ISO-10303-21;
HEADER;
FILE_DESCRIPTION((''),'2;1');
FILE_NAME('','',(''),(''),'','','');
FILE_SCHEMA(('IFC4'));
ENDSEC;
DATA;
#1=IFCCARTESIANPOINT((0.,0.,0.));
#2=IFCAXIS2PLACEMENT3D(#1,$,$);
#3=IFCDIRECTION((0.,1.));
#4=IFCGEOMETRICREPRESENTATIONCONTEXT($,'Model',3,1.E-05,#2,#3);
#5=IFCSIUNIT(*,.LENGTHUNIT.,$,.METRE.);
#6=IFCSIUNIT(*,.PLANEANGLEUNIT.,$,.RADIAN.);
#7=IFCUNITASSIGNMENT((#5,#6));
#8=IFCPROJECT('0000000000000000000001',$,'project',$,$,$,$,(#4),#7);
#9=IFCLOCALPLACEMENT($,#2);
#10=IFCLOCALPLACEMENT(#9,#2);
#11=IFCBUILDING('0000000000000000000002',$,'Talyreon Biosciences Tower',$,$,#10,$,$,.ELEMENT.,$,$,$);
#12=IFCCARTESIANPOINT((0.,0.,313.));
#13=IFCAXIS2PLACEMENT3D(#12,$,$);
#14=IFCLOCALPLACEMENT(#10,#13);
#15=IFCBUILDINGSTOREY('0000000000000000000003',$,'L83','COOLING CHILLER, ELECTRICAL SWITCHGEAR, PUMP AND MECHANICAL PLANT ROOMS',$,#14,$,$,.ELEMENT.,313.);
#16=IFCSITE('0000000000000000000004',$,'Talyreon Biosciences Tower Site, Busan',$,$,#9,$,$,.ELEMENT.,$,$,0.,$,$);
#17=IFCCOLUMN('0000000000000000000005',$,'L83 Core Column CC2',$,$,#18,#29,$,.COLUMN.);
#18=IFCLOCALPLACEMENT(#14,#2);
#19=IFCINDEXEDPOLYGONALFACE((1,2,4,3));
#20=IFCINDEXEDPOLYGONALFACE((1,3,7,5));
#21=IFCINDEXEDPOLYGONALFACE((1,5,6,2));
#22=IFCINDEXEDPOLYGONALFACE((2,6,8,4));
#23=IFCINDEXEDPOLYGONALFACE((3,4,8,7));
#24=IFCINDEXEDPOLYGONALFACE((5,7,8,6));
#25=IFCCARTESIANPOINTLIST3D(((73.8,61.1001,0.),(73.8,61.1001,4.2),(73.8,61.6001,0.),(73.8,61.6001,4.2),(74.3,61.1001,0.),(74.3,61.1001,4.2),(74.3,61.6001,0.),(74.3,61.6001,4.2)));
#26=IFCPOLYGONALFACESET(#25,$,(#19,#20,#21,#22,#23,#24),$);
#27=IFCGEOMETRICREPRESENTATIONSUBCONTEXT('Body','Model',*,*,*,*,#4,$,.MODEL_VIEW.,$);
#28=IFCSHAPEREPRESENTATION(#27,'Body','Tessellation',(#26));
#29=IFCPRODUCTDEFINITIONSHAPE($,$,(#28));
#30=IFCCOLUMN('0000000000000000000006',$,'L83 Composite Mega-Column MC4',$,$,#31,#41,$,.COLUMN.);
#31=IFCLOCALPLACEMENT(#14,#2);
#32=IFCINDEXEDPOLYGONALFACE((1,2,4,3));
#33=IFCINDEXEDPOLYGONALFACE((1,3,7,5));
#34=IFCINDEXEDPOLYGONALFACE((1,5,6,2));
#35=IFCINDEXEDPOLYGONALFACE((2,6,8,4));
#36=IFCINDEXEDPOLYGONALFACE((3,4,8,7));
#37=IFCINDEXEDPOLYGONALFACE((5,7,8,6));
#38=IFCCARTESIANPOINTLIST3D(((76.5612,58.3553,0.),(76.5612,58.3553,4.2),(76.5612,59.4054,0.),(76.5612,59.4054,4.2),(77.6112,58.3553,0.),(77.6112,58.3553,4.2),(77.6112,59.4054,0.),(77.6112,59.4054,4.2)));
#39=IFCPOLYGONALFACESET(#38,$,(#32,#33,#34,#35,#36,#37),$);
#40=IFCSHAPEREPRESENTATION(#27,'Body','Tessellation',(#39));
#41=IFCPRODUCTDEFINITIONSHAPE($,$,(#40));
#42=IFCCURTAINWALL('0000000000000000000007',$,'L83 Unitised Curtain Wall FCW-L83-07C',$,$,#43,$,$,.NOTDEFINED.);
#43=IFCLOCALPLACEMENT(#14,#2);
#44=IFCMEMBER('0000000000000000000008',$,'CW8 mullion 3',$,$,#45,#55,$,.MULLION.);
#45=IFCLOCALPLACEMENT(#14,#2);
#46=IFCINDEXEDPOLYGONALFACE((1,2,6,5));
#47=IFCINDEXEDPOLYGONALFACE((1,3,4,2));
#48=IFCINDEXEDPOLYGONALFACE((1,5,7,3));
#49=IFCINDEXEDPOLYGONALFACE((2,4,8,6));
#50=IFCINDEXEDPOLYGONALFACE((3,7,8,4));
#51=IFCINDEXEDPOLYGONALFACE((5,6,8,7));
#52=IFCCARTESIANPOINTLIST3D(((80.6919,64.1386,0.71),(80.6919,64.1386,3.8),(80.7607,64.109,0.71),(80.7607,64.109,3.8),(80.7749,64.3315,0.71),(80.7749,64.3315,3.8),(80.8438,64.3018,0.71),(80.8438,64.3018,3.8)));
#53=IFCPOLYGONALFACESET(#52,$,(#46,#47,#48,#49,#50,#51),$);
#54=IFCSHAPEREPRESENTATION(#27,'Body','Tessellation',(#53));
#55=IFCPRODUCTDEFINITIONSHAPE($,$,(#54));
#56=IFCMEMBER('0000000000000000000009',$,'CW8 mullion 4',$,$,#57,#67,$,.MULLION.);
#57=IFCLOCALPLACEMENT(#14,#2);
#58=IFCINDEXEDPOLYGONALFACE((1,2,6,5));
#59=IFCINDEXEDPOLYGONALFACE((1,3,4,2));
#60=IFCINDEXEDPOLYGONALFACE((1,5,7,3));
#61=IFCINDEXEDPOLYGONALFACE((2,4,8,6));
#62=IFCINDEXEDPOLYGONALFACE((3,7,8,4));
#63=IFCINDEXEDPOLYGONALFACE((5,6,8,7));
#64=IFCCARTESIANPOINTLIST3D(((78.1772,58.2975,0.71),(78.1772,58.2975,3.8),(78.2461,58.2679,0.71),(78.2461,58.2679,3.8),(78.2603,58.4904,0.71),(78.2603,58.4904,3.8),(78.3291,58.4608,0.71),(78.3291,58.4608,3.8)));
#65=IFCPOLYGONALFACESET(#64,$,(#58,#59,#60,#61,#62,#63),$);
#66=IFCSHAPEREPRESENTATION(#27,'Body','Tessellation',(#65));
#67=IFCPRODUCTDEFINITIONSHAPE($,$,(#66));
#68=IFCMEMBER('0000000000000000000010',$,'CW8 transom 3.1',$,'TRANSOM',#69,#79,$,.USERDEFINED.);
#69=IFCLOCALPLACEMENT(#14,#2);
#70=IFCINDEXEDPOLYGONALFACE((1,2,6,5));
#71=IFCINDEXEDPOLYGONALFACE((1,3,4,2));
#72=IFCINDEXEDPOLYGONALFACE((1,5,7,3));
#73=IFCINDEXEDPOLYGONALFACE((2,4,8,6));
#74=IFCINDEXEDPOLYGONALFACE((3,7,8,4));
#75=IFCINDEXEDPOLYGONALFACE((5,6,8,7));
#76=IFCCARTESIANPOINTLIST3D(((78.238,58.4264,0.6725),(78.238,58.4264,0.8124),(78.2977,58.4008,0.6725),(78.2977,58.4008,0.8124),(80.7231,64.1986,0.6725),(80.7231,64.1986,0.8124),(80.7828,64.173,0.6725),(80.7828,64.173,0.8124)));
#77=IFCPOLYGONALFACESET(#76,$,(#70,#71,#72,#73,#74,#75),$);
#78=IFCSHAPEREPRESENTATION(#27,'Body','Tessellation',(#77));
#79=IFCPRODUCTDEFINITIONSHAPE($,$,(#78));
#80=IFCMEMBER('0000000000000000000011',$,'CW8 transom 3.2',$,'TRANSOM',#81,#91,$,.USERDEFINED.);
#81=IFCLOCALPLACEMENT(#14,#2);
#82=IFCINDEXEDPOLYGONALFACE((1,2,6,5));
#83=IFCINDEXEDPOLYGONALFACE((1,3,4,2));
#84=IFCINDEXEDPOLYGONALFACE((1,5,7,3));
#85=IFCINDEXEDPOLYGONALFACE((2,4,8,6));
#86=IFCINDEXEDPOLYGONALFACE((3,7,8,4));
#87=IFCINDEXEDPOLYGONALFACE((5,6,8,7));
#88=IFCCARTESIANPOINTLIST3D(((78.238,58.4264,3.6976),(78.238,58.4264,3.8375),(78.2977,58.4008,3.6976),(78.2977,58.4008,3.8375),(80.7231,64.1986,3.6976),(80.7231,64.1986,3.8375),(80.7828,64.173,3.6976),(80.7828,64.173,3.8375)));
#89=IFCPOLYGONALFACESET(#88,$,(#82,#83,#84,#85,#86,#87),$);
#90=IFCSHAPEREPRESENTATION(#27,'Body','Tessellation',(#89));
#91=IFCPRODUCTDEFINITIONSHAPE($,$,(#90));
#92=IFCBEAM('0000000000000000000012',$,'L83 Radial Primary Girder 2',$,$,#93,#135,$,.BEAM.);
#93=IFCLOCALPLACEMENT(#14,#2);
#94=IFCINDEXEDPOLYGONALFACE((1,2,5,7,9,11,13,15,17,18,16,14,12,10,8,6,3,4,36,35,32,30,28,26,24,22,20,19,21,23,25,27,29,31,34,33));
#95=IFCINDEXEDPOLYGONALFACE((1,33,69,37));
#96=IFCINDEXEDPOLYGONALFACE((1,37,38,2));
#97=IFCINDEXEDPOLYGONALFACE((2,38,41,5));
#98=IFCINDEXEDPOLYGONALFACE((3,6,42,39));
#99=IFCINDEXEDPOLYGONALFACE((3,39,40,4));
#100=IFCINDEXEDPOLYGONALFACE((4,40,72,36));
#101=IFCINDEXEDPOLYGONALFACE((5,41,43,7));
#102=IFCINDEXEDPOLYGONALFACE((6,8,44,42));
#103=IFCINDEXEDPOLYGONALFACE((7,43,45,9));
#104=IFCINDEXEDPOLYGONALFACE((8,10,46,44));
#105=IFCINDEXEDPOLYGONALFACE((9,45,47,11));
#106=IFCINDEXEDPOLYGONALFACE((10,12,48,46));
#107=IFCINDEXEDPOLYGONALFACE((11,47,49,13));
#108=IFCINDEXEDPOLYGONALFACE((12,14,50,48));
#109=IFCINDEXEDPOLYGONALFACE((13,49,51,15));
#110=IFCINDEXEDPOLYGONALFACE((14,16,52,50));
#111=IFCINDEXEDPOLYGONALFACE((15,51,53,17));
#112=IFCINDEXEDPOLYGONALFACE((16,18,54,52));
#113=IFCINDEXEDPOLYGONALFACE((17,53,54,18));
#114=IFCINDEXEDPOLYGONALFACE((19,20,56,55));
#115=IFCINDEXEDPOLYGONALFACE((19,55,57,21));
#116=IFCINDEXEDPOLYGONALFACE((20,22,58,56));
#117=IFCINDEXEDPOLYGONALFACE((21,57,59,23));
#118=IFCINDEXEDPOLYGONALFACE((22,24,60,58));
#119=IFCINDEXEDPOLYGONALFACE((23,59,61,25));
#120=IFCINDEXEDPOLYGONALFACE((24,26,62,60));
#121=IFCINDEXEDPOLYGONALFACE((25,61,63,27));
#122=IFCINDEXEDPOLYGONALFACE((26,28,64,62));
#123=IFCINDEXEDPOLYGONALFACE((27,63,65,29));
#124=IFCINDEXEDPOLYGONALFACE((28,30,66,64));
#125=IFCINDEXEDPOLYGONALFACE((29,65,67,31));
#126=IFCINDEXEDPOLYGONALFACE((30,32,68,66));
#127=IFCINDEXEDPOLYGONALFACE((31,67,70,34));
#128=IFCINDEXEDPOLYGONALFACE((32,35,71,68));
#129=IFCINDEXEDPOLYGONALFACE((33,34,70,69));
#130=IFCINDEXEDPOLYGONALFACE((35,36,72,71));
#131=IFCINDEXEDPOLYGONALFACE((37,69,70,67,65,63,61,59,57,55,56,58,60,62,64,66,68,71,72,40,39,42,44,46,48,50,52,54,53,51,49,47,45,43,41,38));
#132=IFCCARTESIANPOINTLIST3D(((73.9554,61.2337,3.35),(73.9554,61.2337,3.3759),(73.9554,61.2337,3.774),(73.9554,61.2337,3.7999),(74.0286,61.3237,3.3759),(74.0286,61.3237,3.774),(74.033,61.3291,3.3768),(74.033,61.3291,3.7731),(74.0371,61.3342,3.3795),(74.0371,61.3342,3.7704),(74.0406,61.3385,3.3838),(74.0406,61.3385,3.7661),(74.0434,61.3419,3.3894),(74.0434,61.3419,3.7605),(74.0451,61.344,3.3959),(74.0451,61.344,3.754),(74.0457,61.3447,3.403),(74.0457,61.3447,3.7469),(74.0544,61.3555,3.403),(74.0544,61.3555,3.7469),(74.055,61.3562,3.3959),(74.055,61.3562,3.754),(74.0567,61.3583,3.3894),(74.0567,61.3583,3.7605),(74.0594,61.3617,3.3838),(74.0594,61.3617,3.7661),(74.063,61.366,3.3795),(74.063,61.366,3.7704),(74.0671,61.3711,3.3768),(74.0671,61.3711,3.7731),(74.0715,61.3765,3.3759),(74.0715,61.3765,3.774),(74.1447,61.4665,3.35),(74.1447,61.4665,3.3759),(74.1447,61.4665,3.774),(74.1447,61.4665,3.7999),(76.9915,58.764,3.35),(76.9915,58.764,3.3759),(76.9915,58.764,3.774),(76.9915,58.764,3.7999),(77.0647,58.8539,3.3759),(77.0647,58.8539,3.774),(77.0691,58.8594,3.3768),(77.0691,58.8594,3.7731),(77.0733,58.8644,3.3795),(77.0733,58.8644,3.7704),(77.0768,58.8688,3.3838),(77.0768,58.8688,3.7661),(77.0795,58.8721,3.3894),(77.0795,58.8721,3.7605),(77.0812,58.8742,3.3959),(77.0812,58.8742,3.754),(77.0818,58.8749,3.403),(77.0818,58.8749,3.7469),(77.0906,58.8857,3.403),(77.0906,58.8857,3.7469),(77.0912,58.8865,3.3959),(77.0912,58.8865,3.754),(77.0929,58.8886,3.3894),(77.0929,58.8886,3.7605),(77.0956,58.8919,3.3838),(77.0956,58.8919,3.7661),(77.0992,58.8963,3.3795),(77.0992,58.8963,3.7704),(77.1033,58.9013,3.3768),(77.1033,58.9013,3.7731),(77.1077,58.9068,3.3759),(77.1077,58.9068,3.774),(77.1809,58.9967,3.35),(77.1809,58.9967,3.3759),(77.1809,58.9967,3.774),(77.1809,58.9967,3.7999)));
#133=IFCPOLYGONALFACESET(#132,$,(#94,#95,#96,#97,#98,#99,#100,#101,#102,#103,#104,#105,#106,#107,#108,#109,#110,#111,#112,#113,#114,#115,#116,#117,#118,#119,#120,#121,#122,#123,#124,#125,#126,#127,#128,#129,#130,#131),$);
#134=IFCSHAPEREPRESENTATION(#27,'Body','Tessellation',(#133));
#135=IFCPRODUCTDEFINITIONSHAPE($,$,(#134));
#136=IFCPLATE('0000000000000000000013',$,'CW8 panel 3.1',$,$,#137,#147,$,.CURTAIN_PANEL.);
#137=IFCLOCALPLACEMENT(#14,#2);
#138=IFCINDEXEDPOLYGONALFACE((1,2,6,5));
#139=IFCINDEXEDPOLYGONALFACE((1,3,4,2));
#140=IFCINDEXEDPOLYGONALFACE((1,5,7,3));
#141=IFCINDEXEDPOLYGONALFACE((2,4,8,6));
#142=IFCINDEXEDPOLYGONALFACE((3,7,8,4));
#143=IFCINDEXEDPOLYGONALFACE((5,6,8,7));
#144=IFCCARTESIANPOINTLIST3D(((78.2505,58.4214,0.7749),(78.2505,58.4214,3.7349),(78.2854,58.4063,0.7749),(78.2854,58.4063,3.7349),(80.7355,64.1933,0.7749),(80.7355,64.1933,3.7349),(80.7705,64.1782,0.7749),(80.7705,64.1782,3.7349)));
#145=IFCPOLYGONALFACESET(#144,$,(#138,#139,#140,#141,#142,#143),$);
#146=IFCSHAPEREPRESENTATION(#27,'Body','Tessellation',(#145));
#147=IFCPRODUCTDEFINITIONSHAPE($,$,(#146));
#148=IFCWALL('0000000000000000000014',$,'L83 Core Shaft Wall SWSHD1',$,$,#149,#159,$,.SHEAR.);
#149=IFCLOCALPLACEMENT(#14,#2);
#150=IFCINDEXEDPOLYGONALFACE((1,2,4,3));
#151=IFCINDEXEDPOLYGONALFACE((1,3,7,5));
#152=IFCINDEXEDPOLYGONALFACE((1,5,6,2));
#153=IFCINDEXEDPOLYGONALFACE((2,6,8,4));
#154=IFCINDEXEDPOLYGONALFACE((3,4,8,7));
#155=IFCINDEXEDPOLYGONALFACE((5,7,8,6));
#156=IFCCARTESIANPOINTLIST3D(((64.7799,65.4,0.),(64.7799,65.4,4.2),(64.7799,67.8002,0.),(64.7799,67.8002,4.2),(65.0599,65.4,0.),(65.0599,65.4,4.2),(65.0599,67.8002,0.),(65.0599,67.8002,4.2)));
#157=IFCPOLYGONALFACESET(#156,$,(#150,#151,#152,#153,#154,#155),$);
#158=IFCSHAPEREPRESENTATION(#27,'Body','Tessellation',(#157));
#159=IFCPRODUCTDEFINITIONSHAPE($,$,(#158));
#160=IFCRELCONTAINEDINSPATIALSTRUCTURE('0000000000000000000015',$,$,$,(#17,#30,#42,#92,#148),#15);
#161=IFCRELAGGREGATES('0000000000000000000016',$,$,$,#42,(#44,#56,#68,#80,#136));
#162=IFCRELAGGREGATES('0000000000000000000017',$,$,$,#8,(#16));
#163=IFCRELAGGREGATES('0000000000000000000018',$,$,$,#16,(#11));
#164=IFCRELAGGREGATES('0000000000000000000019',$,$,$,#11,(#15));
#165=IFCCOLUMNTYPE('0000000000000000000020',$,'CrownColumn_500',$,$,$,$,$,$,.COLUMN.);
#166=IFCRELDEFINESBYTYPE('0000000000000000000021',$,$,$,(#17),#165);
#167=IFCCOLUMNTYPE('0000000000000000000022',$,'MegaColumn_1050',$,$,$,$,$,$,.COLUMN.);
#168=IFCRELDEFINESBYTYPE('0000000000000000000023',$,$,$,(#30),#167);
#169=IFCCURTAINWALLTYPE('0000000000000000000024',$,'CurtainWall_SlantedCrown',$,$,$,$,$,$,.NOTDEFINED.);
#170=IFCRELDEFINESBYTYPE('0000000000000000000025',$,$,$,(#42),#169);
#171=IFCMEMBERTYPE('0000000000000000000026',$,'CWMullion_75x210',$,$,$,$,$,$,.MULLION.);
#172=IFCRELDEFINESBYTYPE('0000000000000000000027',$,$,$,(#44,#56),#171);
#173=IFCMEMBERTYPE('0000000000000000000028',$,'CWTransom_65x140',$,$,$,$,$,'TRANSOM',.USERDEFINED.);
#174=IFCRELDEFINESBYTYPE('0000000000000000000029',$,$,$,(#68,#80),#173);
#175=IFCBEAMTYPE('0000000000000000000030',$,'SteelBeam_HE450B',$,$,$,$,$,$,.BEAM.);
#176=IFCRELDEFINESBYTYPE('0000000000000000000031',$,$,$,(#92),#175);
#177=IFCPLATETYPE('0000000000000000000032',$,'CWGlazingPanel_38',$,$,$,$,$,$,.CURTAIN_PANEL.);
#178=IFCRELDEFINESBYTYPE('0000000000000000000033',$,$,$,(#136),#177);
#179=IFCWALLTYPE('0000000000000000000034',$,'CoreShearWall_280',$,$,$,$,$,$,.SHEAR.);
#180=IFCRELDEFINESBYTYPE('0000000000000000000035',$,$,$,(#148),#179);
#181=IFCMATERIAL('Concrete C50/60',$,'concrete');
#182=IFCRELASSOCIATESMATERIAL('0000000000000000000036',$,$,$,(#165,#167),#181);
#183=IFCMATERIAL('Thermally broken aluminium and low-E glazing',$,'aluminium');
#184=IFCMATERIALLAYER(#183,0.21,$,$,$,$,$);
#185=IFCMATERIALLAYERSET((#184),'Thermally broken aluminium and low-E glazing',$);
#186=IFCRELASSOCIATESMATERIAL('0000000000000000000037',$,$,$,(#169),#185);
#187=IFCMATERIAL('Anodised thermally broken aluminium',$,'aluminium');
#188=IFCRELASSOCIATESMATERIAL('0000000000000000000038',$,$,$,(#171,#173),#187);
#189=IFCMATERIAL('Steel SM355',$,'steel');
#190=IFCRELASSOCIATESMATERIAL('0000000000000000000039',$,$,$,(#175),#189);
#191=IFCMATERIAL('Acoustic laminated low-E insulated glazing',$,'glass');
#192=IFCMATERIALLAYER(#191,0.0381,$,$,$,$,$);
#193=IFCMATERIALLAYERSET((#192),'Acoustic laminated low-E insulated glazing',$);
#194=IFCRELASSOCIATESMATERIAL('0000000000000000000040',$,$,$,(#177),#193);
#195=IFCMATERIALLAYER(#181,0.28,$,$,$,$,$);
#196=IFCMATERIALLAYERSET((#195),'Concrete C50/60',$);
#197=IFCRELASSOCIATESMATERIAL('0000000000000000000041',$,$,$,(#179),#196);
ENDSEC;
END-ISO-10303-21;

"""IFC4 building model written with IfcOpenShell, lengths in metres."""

from ifc_helpers import new_model, si_unit, direction, frame, frame_2d, origin, origin_2d, place, context, subcontext, project, spatial, rectangle, i_section, extrude, material, layer, layer_set, material_profile, profile_set, type_object, element, aggregate, save


model = new_model("IFC4")

# Units and contexts
model_context = context("Model", 3, precision=1e-05, world=origin(), true_north=direction((0.0, 1.0)))
body_context = subcontext(model_context, "Body", "Model", "MODEL_VIEW")
ifc_project = project(units=[si_unit("LENGTHUNIT", "METRE"), si_unit("PLANEANGLEUNIT", "RADIAN")], contexts=[model_context])

# Site, building, storey
site_placement = place(None, origin())
site = spatial("IfcSite", under=ifc_project, at=site_placement, Name="Talyreon Biosciences Tower Site, Busan", CompositionType="ELEMENT", RefElevation=0.0)
building_placement = place(site_placement, origin())
building = spatial("IfcBuilding", under=site, at=building_placement, Name="Talyreon Biosciences Tower", CompositionType="ELEMENT")
storey_placement = place(building_placement, frame((0.0, 0.0, 313.0)))
storey = spatial("IfcBuildingStorey", under=building, at=storey_placement, Name="L83", Description="COOLING CHILLER, ELECTRICAL SWITCHGEAR, PUMP AND MECHANICAL PLANT ROOMS", CompositionType="ELEMENT", Elevation=313.0)

# Columns
ifc_material_1 = material(Name="Concrete C50/60", Category="concrete")
ifc_material_profile_1 = material_profile(ifc_material_1, rectangle(XDim=0.5, YDim=0.5, at=origin_2d()), Name="RC 500x500")
ifc_profile_set_1 = profile_set([ifc_material_profile_1], Name="Concrete C50/60")
column_type_1 = type_object("IfcColumnType", Name="CrownColumn_500", PredefinedType="COLUMN", material=ifc_profile_set_1)
column_1_placement = place(storey_placement, frame((74.05, 61.3501, 0.0), z_axis=(0.0, 0.0, 1.0), x_axis=(1.0, 0.0, 0.0)))
element("IfcColumn", 1, at=column_1_placement, inside=storey, type_object=column_type_1, Name="L83 Core Column CC2", PredefinedType="COLUMN", context=body_context, shape_type="SweptSolid", body=[
    extrude(rectangle(XDim=0.5, YDim=0.5, at=origin_2d()), origin(), (0.0, 0.0, 1.0), 4.2),
])
ifc_material_profile_2 = material_profile(ifc_material_1, rectangle(XDim=1.05, YDim=1.05, at=origin_2d()), Name="RC 1050x1050")
ifc_profile_set_2 = profile_set([ifc_material_profile_2], Name="Concrete C50/60")
column_type_2 = type_object("IfcColumnType", Name="MegaColumn_1050", PredefinedType="COLUMN", material=ifc_profile_set_2)
column_2_placement = place(storey_placement, frame((77.0862, 58.8804, 0.0), z_axis=(0.0, 0.0, 1.0), x_axis=(1.0, 0.0, 0.0)))
element("IfcColumn", 2, at=column_2_placement, inside=storey, type_object=column_type_2, Name="L83 Composite Mega-Column MC4", PredefinedType="COLUMN", context=body_context, shape_type="SweptSolid", body=[
    extrude(rectangle(XDim=1.05, YDim=1.05, at=origin_2d()), origin(), (0.0, 0.0, 1.0), 4.2),
])

# Curtain wall, members
ifc_material_2 = material(Name="Thermally broken aluminium and low-E glazing", Category="aluminium")
ifc_layer_1 = layer(ifc_material_2, 0.21)
ifc_layer_set_1 = layer_set([ifc_layer_1], Name="Thermally broken aluminium and low-E glazing")
curtain_wall_type = type_object("IfcCurtainWallType", Name="CurtainWall_SlantedCrown", PredefinedType="NOTDEFINED", material=ifc_layer_set_1)
curtain_wall_placement = place(storey_placement, origin())
curtain_wall = element("IfcCurtainWall", 3, at=curtain_wall_placement, inside=storey, type_object=curtain_wall_type, Name="L83 Unitised Curtain Wall FCW-L83-07C", PredefinedType="NOTDEFINED")
ifc_material_3 = material(Name="Anodised thermally broken aluminium", Category="aluminium")
ifc_material_profile_3 = material_profile(ifc_material_3, rectangle(XDim=0.075, YDim=0.21, at=origin_2d()), Name="ALUM MULLION 75x210")
ifc_profile_set_3 = profile_set([ifc_material_profile_3], Name="Anodised thermally broken aluminium")
member_type_1 = type_object("IfcMemberType", Name="CWMullion_75x210", PredefinedType="MULLION", material=ifc_profile_set_3)
member_1_placement = place(storey_placement, frame((80.7678, 64.2202, 0.71), z_axis=(0.0, 0.0, 1.0), x_axis=(0.918487, -0.395451, 0.0)))
member_1 = element("IfcMember", 4, at=member_1_placement, type_object=member_type_1, Name="CW8 mullion 3", PredefinedType="MULLION", context=body_context, shape_type="SweptSolid", body=[
    extrude(rectangle(XDim=0.075, YDim=0.21, at=origin_2d()), origin(), (0.0, 0.0, 1.0), 3.0901),
])
member_2_placement = place(storey_placement, frame((78.2532, 58.3792, 0.71), z_axis=(0.0, 0.0, 1.0), x_axis=(0.918487, -0.395451, 0.0)))
member_2 = element("IfcMember", 5, at=member_2_placement, type_object=member_type_1, Name="CW8 mullion 4", PredefinedType="MULLION", context=body_context, shape_type="SweptSolid", body=[
    extrude(rectangle(XDim=0.075, YDim=0.21, at=origin_2d()), origin(), (0.0, 0.0, 1.0), 3.0901),
])
ifc_material_profile_4 = material_profile(ifc_material_3, rectangle(XDim=0.0649, YDim=0.1399, at=origin_2d()), Name="ALUM TRANSOM 65x140")
ifc_profile_set_4 = profile_set([ifc_material_profile_4], Name="Anodised thermally broken aluminium")
member_type_2 = type_object("IfcMemberType", Name="CWTransom_65x140", ElementType="TRANSOM", PredefinedType="USERDEFINED", material=ifc_profile_set_4)
member_3_placement = place(storey_placement, frame((80.7529, 64.1858, 0.7424), z_axis=(-0.395438, -0.918493, 0.0), x_axis=(0.918493, -0.395438, 0.0)))
member_3 = element("IfcMember", 6, at=member_3_placement, type_object=member_type_2, Name="CW8 transom 3.1", ObjectType="TRANSOM", PredefinedType="USERDEFINED", context=body_context, shape_type="SweptSolid", body=[
    extrude(rectangle(XDim=0.0649, YDim=0.1399, at=origin_2d()), origin(), (0.0, 0.0, 1.0), 6.2844),
])
member_4_placement = place(storey_placement, frame((80.7529, 64.1858, 3.7676), z_axis=(-0.395438, -0.918493, 0.0), x_axis=(0.918493, -0.395438, 0.0)))
member_4 = element("IfcMember", 7, at=member_4_placement, type_object=member_type_2, Name="CW8 transom 3.2", ObjectType="TRANSOM", PredefinedType="USERDEFINED", context=body_context, shape_type="SweptSolid", body=[
    extrude(rectangle(XDim=0.0649, YDim=0.1399, at=origin_2d()), origin(), (0.0, 0.0, 1.0), 6.2844),
])

# Beam
ifc_material_4 = material(Name="Steel SM355", Category="steel")
ifc_material_profile_5 = material_profile(ifc_material_4, i_section(OverallWidth=0.3, OverallDepth=0.45, WebThickness=0.0139, FlangeThickness=0.0259, FilletRadius=0.0271, at=origin_2d()), Name="HE450B")
ifc_profile_set_5 = profile_set([ifc_material_profile_5], Name="Steel SM355")
beam_type = type_object("IfcBeamType", Name="SteelBeam_HE450B", PredefinedType="BEAM", material=ifc_profile_set_5)
beam_placement = place(storey_placement, frame((74.05, 61.3501, 3.575), z_axis=(0.775755, -0.631034, 0.0), x_axis=(0.631034, 0.775755, 0.0)))
element("IfcBeam", 8, at=beam_placement, inside=storey, type_object=beam_type, Name="L83 Radial Primary Girder 2", PredefinedType="BEAM", context=body_context, shape_type="SweptSolid", body=[
    extrude(i_section(OverallWidth=0.3, OverallDepth=0.45, WebThickness=0.0139, FlangeThickness=0.0259, FilletRadius=0.0271, at=origin_2d()), origin(), (0.0, 0.0, 1.0), 3.9138),
])

# Plate
ifc_material_5 = material(Name="Acoustic laminated low-E insulated glazing", Category="glass")
ifc_layer_2 = layer(ifc_material_5, 0.0381)
ifc_layer_set_2 = layer_set([ifc_layer_2], Name="Acoustic laminated low-E insulated glazing")
plate_type = type_object("IfcPlateType", Name="CWGlazingPanel_38", PredefinedType="CURTAIN_PANEL", material=ifc_layer_set_2)
plate_placement = place(storey_placement, frame((79.5105, 61.2998, 0.7749), z_axis=(0.0, 0.0, 1.0), x_axis=(-0.395451, -0.918487, 0.0)))
plate = element("IfcPlate", 9, at=plate_placement, type_object=plate_type, Name="CW8 panel 3.1", PredefinedType="CURTAIN_PANEL", context=body_context, shape_type="SweptSolid", body=[
    extrude(rectangle(XDim=6.2842, YDim=0.0381, at=origin_2d()), origin(), (0.0, 0.0, 1.0), 2.96),
])
aggregate(curtain_wall, [member_1, member_2, member_3, member_4, plate])

# Wall
ifc_layer_3 = layer(ifc_material_1, 0.28)
ifc_layer_set_3 = layer_set([ifc_layer_3], Name="Concrete C50/60")
wall_type_1 = type_object("IfcWallType", Name="CoreShearWall_280", PredefinedType="SHEAR", material=ifc_layer_set_3)
wall_1_placement = place(storey_placement, frame((64.9199, 65.3999, 0.0), z_axis=(0.0, 0.0, 1.0), x_axis=(0.0, 1.0, 0.0)))
element("IfcWall", 10, at=wall_1_placement, inside=storey, type_object=wall_type_1, Name="L83 Core Shaft Wall SWSHD1", PredefinedType="SHEAR", context=body_context, shape_type="SweptSolid", body=[
    extrude(rectangle(XDim=2.4001, YDim=0.28, at=frame_2d((1.2002, 0.0))), origin(), (0.0, 0.0, 1.0), 4.2),
])

save(model, "model.ifc")
